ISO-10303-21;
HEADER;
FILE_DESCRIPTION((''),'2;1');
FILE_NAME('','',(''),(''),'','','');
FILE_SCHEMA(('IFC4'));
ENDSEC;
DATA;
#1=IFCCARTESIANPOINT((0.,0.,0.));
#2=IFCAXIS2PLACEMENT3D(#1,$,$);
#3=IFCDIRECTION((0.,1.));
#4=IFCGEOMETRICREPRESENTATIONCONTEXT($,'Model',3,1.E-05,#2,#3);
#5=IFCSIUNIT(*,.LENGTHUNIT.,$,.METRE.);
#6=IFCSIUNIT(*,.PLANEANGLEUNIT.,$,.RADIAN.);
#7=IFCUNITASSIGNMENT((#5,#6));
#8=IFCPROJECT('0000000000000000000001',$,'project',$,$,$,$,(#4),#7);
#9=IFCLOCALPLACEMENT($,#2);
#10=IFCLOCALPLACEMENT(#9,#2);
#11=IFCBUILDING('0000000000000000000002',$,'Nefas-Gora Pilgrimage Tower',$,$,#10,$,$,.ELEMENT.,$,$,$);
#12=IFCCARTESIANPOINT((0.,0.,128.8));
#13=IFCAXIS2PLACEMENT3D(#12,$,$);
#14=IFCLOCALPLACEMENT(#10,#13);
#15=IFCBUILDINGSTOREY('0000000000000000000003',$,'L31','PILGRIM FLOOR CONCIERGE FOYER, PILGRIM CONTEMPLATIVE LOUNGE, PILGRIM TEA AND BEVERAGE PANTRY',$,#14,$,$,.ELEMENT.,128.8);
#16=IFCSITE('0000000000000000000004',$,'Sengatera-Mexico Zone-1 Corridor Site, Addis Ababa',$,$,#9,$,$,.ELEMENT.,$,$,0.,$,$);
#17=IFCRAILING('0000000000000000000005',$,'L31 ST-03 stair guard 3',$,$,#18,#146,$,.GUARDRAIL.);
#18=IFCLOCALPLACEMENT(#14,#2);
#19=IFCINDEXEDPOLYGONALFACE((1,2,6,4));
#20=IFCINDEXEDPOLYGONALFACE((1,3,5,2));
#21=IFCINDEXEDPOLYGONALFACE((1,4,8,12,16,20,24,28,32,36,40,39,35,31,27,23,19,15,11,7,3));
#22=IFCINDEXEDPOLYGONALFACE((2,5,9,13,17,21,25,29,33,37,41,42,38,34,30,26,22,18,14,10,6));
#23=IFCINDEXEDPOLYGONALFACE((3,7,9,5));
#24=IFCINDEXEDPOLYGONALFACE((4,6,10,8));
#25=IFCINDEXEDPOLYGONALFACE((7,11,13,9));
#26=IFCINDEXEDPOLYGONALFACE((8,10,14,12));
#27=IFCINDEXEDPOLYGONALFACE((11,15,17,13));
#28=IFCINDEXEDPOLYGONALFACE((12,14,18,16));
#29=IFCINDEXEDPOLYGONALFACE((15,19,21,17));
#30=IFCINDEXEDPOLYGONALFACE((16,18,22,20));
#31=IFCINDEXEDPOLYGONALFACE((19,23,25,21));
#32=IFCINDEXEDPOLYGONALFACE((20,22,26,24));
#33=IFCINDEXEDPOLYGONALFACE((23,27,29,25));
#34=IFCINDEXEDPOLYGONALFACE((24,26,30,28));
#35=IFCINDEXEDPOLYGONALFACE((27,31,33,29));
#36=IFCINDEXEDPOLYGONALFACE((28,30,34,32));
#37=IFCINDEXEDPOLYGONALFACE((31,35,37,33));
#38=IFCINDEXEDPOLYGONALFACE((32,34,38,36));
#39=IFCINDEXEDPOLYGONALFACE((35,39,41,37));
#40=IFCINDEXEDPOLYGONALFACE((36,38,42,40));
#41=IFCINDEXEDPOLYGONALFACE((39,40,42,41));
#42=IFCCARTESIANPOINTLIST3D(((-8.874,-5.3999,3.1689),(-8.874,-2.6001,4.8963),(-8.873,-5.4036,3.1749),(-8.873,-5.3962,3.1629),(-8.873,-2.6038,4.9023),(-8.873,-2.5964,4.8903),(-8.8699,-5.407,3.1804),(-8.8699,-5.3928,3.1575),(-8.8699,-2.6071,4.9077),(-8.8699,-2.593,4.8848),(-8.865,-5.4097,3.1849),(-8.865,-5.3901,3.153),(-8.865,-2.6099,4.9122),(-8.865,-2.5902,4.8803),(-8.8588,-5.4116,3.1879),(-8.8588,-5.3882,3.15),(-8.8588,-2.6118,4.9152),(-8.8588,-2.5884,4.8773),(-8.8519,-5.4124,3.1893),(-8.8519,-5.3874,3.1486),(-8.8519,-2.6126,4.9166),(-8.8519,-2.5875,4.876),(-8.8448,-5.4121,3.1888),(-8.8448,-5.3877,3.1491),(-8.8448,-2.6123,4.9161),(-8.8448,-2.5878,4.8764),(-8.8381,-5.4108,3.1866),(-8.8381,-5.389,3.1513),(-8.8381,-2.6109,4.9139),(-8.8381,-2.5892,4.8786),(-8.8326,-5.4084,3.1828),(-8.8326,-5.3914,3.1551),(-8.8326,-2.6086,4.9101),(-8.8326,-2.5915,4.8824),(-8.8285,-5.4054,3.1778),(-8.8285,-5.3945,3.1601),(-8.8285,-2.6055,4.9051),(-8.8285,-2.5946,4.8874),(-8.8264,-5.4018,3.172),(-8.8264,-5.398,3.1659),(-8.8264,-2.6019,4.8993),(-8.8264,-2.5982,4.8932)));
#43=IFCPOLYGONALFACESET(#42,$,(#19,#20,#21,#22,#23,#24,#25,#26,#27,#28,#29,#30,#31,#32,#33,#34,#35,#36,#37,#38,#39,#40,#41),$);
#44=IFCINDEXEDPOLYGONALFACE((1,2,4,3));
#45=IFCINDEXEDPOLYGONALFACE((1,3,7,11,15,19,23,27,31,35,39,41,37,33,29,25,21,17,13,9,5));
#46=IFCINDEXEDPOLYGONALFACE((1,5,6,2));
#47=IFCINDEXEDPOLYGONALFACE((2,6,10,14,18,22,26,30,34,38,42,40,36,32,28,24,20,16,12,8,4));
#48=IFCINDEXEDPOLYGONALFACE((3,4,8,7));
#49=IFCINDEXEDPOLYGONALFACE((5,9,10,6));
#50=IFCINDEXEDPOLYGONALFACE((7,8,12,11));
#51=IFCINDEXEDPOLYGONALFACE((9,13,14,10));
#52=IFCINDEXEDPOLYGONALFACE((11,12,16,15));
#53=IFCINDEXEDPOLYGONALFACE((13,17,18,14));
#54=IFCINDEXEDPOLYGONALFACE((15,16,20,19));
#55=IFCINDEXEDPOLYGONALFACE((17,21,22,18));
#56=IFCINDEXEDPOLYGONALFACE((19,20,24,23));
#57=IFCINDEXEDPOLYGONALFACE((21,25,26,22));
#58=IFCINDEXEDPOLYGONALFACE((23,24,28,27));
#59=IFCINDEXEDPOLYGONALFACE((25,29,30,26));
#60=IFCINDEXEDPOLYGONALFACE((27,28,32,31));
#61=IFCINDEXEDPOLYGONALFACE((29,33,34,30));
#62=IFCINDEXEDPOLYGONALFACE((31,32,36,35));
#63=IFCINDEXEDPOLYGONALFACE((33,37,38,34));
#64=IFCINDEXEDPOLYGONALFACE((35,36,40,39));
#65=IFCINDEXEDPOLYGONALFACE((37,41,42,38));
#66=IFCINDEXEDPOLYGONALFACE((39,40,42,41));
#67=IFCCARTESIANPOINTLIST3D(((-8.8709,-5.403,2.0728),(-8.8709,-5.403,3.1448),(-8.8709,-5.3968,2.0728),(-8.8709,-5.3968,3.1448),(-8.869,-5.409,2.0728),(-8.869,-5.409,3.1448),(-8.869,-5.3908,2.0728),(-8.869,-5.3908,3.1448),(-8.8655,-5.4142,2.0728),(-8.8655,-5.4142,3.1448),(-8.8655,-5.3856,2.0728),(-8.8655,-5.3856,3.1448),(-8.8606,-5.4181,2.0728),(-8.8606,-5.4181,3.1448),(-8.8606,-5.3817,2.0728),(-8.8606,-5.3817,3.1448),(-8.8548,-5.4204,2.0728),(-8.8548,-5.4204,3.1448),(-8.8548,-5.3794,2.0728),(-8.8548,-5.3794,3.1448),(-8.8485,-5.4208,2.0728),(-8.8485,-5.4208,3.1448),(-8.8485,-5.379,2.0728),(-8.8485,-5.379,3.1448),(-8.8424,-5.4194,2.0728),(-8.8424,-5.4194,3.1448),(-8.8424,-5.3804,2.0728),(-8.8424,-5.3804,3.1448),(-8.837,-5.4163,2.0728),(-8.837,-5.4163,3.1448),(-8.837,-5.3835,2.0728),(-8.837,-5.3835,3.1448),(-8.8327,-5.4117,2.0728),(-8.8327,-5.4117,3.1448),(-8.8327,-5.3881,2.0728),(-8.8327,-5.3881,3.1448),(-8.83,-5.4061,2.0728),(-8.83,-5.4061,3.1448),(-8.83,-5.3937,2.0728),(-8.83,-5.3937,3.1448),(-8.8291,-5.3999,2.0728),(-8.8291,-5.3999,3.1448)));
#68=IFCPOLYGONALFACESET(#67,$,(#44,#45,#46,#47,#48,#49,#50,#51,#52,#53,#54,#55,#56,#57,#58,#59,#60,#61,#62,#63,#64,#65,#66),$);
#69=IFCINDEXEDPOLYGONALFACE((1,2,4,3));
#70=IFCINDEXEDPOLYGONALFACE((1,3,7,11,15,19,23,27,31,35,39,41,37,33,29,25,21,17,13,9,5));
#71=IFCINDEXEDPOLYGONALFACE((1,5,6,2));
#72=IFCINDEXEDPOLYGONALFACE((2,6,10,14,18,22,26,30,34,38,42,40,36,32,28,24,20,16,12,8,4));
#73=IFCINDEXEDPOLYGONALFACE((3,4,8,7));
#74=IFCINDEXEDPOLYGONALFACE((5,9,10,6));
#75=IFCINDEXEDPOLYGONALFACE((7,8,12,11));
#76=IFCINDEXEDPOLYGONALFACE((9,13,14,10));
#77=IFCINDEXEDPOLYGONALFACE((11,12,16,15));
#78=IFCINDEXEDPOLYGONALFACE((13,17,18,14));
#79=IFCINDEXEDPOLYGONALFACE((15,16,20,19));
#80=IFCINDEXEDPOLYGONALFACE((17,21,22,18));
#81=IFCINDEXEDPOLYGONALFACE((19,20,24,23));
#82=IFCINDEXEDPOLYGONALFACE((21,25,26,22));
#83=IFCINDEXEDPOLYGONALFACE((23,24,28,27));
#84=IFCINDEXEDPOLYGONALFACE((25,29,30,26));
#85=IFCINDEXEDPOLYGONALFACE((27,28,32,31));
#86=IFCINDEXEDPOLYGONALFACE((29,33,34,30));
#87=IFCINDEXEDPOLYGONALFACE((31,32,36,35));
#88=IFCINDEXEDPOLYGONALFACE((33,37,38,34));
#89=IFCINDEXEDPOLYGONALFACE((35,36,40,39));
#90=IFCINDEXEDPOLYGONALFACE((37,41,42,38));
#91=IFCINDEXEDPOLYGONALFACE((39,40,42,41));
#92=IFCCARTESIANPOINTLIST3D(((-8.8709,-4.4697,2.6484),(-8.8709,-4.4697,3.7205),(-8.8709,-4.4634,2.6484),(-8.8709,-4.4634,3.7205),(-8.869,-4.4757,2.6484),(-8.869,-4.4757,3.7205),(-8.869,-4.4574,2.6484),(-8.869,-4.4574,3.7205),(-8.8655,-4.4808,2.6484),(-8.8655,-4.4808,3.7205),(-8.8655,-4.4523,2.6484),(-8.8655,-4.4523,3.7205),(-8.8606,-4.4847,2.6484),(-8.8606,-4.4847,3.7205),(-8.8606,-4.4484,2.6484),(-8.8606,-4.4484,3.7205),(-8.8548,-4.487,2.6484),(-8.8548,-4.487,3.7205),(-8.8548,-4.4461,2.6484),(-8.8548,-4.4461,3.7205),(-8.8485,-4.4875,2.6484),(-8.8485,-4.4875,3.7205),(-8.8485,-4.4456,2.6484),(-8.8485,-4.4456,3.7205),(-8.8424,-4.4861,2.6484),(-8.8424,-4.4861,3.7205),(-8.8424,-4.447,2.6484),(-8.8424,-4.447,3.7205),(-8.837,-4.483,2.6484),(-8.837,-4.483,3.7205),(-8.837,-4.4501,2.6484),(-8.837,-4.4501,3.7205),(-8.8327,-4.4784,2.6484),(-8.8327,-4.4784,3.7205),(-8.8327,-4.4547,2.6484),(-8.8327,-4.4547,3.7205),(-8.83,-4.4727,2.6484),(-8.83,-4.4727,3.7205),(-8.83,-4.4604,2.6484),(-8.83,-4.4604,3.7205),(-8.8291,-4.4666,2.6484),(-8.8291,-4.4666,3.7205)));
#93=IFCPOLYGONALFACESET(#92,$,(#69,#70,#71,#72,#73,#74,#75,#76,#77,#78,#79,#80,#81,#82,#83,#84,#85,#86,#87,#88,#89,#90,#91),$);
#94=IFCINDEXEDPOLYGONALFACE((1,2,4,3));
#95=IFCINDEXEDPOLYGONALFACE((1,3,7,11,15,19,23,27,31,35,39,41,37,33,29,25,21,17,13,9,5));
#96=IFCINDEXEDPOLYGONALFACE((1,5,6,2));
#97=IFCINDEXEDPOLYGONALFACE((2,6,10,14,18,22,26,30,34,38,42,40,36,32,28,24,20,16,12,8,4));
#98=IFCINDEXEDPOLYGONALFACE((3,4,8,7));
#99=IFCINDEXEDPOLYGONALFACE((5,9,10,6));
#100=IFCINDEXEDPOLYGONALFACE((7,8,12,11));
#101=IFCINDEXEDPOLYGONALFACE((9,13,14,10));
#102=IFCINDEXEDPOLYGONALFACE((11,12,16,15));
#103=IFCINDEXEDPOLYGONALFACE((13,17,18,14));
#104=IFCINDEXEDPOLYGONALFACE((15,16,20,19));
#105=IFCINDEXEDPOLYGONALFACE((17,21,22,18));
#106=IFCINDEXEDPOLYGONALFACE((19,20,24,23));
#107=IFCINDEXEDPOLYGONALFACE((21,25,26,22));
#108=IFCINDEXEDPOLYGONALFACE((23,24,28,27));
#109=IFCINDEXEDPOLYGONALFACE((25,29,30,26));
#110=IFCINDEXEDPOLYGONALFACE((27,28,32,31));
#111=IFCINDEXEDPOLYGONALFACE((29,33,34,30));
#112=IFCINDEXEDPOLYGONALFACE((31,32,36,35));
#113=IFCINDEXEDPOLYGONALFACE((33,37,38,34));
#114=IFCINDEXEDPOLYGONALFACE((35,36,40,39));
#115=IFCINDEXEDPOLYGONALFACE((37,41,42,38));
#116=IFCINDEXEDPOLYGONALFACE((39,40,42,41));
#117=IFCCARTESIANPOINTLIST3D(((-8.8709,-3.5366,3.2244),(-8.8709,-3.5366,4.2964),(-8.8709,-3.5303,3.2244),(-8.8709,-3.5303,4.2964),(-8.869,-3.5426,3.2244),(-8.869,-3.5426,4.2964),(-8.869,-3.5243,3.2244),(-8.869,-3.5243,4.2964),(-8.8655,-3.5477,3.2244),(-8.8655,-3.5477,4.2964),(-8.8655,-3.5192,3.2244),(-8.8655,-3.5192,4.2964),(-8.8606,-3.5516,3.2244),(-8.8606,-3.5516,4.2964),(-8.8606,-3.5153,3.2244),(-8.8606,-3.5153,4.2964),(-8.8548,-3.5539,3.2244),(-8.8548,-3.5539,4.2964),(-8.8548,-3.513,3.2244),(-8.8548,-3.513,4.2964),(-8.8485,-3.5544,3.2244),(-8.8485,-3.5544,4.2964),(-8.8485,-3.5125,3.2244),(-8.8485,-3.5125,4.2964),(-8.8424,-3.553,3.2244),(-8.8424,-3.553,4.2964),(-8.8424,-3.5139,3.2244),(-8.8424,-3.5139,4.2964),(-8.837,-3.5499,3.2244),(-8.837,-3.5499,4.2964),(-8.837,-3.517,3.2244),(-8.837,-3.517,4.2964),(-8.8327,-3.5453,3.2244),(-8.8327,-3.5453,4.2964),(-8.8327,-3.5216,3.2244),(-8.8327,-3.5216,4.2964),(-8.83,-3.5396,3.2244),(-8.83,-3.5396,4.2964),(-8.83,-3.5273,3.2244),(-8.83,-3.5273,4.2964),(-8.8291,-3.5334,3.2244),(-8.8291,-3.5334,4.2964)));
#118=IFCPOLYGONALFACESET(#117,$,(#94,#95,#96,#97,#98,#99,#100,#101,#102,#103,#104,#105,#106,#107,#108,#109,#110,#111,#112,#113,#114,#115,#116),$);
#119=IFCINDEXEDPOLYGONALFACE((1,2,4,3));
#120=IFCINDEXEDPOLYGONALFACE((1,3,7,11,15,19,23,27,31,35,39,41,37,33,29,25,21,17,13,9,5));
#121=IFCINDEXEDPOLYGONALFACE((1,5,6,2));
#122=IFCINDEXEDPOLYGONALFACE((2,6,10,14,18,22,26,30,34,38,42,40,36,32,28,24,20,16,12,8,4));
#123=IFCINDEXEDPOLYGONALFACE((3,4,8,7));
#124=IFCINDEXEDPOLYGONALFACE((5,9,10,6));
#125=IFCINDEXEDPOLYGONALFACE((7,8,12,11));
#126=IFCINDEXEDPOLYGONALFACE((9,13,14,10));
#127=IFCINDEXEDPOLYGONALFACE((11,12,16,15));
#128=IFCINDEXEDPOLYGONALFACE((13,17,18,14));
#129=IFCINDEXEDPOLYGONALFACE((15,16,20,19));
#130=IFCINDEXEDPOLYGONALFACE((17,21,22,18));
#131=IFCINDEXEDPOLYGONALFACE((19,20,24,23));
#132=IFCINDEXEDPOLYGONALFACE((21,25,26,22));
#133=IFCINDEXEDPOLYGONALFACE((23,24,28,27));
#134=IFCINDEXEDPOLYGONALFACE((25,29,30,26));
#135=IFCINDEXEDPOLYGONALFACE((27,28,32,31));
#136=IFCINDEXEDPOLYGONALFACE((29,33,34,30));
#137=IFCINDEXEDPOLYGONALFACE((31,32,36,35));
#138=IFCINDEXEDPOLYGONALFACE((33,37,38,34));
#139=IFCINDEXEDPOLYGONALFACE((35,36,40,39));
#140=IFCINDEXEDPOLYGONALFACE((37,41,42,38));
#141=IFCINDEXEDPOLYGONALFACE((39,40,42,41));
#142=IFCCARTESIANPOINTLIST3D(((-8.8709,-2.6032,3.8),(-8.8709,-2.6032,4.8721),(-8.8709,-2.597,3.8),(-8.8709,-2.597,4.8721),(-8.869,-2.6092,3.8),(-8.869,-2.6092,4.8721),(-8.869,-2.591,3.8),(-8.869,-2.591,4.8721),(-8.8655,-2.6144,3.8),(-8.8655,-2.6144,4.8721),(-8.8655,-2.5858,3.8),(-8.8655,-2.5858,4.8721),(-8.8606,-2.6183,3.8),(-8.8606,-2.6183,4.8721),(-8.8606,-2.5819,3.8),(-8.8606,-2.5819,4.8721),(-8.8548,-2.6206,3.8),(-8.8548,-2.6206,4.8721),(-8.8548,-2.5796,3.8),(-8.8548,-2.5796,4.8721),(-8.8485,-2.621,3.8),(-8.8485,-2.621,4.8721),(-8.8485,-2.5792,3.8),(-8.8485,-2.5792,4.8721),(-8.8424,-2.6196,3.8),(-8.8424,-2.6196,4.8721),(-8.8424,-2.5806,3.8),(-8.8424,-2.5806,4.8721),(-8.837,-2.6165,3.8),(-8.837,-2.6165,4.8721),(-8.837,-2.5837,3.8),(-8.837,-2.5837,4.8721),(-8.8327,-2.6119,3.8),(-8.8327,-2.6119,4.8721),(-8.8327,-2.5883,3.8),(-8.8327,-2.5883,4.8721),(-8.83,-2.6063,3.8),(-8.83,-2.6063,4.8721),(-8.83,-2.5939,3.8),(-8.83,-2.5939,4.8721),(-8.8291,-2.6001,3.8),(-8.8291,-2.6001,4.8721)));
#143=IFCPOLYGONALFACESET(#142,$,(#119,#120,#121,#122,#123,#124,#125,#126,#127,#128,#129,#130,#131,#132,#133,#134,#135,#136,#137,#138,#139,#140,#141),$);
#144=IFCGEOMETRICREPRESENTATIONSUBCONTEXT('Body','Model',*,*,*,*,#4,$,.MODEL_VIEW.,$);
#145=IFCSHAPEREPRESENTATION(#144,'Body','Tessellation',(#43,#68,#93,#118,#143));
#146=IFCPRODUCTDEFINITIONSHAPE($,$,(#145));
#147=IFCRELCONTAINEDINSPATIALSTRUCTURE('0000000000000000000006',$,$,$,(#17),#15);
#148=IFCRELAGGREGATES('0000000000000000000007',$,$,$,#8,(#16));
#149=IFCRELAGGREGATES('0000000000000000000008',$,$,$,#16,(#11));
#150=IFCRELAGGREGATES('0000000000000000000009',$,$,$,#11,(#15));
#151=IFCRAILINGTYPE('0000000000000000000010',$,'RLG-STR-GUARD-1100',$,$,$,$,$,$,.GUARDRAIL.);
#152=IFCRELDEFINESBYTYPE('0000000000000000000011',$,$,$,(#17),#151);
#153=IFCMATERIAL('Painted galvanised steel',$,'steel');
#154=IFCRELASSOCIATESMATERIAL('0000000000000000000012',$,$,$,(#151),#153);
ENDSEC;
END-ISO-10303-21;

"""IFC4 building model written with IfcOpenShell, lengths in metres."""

from ifc_helpers import new_model, si_unit, direction, frame, origin, origin_2d, place, context, subcontext, project, spatial, circle, extrude, material, type_object, element, save


model = new_model("IFC4")

# Units and contexts
model_context = context("Model", 3, precision=1e-05, world=origin(), true_north=direction((0.0, 1.0)))
body_context = subcontext(model_context, "Body", "Model", "MODEL_VIEW")
ifc_project = project(units=[si_unit("LENGTHUNIT", "METRE"), si_unit("PLANEANGLEUNIT", "RADIAN")], contexts=[model_context])

# Site, building, storey
site_placement = place(None, origin())
site = spatial("IfcSite", under=ifc_project, at=site_placement, Name="Sengatera-Mexico Zone-1 Corridor Site, Addis Ababa", CompositionType="ELEMENT", RefElevation=0.0)
building_placement = place(site_placement, origin())
building = spatial("IfcBuilding", under=site, at=building_placement, Name="Nefas-Gora Pilgrimage Tower", CompositionType="ELEMENT")
storey_placement = place(building_placement, frame((0.0, 0.0, 128.8)))
storey = spatial("IfcBuildingStorey", under=building, at=storey_placement, Name="L31", Description="PILGRIM FLOOR CONCIERGE FOYER, PILGRIM CONTEMPLATIVE LOUNGE, PILGRIM TEA AND BEVERAGE PANTRY", CompositionType="ELEMENT", Elevation=128.8)

# Railing
ifc_material_1 = material(Name="Painted galvanised steel", Category="steel")
railing_type_1 = type_object("IfcRailingType", Name="RLG-STR-GUARD-1100", PredefinedType="GUARDRAIL", material=ifc_material_1)
railing_1_placement = place(storey_placement, frame((-8.8501, -5.3999, 2.0728)))
element("IfcRailing", 1, at=railing_1_placement, inside=storey, type_object=railing_type_1, Name="L31 ST-03 stair guard 3", PredefinedType="GUARDRAIL", context=body_context, shape_type="SweptSolid", body=[
    extrude(circle(Radius=0.0239, at=origin_2d()), frame((0.0, 0.0, 1.0962), z_axis=(0.0, 0.851069, 0.525054), x_axis=(-1.0, 0.0, 0.0)), (0.0, 0.0, 1.0), 3.2898),
    extrude(circle(Radius=0.021, at=origin_2d()), origin(), (0.0, 0.0, 1.0), 1.072),
    extrude(circle(Radius=0.021, at=origin_2d()), frame((0.0, 0.9333, 0.5757)), (0.0, 0.0, 1.0), 1.072),
    extrude(circle(Radius=0.021, at=origin_2d()), frame((0.0, 1.8665, 1.1516)), (0.0, 0.0, 1.0), 1.072),
    extrude(circle(Radius=0.021, at=origin_2d()), frame((0.0, 2.7998, 1.7273)), (0.0, 0.0, 1.0), 1.072),
])

save(model, "model.ifc")
